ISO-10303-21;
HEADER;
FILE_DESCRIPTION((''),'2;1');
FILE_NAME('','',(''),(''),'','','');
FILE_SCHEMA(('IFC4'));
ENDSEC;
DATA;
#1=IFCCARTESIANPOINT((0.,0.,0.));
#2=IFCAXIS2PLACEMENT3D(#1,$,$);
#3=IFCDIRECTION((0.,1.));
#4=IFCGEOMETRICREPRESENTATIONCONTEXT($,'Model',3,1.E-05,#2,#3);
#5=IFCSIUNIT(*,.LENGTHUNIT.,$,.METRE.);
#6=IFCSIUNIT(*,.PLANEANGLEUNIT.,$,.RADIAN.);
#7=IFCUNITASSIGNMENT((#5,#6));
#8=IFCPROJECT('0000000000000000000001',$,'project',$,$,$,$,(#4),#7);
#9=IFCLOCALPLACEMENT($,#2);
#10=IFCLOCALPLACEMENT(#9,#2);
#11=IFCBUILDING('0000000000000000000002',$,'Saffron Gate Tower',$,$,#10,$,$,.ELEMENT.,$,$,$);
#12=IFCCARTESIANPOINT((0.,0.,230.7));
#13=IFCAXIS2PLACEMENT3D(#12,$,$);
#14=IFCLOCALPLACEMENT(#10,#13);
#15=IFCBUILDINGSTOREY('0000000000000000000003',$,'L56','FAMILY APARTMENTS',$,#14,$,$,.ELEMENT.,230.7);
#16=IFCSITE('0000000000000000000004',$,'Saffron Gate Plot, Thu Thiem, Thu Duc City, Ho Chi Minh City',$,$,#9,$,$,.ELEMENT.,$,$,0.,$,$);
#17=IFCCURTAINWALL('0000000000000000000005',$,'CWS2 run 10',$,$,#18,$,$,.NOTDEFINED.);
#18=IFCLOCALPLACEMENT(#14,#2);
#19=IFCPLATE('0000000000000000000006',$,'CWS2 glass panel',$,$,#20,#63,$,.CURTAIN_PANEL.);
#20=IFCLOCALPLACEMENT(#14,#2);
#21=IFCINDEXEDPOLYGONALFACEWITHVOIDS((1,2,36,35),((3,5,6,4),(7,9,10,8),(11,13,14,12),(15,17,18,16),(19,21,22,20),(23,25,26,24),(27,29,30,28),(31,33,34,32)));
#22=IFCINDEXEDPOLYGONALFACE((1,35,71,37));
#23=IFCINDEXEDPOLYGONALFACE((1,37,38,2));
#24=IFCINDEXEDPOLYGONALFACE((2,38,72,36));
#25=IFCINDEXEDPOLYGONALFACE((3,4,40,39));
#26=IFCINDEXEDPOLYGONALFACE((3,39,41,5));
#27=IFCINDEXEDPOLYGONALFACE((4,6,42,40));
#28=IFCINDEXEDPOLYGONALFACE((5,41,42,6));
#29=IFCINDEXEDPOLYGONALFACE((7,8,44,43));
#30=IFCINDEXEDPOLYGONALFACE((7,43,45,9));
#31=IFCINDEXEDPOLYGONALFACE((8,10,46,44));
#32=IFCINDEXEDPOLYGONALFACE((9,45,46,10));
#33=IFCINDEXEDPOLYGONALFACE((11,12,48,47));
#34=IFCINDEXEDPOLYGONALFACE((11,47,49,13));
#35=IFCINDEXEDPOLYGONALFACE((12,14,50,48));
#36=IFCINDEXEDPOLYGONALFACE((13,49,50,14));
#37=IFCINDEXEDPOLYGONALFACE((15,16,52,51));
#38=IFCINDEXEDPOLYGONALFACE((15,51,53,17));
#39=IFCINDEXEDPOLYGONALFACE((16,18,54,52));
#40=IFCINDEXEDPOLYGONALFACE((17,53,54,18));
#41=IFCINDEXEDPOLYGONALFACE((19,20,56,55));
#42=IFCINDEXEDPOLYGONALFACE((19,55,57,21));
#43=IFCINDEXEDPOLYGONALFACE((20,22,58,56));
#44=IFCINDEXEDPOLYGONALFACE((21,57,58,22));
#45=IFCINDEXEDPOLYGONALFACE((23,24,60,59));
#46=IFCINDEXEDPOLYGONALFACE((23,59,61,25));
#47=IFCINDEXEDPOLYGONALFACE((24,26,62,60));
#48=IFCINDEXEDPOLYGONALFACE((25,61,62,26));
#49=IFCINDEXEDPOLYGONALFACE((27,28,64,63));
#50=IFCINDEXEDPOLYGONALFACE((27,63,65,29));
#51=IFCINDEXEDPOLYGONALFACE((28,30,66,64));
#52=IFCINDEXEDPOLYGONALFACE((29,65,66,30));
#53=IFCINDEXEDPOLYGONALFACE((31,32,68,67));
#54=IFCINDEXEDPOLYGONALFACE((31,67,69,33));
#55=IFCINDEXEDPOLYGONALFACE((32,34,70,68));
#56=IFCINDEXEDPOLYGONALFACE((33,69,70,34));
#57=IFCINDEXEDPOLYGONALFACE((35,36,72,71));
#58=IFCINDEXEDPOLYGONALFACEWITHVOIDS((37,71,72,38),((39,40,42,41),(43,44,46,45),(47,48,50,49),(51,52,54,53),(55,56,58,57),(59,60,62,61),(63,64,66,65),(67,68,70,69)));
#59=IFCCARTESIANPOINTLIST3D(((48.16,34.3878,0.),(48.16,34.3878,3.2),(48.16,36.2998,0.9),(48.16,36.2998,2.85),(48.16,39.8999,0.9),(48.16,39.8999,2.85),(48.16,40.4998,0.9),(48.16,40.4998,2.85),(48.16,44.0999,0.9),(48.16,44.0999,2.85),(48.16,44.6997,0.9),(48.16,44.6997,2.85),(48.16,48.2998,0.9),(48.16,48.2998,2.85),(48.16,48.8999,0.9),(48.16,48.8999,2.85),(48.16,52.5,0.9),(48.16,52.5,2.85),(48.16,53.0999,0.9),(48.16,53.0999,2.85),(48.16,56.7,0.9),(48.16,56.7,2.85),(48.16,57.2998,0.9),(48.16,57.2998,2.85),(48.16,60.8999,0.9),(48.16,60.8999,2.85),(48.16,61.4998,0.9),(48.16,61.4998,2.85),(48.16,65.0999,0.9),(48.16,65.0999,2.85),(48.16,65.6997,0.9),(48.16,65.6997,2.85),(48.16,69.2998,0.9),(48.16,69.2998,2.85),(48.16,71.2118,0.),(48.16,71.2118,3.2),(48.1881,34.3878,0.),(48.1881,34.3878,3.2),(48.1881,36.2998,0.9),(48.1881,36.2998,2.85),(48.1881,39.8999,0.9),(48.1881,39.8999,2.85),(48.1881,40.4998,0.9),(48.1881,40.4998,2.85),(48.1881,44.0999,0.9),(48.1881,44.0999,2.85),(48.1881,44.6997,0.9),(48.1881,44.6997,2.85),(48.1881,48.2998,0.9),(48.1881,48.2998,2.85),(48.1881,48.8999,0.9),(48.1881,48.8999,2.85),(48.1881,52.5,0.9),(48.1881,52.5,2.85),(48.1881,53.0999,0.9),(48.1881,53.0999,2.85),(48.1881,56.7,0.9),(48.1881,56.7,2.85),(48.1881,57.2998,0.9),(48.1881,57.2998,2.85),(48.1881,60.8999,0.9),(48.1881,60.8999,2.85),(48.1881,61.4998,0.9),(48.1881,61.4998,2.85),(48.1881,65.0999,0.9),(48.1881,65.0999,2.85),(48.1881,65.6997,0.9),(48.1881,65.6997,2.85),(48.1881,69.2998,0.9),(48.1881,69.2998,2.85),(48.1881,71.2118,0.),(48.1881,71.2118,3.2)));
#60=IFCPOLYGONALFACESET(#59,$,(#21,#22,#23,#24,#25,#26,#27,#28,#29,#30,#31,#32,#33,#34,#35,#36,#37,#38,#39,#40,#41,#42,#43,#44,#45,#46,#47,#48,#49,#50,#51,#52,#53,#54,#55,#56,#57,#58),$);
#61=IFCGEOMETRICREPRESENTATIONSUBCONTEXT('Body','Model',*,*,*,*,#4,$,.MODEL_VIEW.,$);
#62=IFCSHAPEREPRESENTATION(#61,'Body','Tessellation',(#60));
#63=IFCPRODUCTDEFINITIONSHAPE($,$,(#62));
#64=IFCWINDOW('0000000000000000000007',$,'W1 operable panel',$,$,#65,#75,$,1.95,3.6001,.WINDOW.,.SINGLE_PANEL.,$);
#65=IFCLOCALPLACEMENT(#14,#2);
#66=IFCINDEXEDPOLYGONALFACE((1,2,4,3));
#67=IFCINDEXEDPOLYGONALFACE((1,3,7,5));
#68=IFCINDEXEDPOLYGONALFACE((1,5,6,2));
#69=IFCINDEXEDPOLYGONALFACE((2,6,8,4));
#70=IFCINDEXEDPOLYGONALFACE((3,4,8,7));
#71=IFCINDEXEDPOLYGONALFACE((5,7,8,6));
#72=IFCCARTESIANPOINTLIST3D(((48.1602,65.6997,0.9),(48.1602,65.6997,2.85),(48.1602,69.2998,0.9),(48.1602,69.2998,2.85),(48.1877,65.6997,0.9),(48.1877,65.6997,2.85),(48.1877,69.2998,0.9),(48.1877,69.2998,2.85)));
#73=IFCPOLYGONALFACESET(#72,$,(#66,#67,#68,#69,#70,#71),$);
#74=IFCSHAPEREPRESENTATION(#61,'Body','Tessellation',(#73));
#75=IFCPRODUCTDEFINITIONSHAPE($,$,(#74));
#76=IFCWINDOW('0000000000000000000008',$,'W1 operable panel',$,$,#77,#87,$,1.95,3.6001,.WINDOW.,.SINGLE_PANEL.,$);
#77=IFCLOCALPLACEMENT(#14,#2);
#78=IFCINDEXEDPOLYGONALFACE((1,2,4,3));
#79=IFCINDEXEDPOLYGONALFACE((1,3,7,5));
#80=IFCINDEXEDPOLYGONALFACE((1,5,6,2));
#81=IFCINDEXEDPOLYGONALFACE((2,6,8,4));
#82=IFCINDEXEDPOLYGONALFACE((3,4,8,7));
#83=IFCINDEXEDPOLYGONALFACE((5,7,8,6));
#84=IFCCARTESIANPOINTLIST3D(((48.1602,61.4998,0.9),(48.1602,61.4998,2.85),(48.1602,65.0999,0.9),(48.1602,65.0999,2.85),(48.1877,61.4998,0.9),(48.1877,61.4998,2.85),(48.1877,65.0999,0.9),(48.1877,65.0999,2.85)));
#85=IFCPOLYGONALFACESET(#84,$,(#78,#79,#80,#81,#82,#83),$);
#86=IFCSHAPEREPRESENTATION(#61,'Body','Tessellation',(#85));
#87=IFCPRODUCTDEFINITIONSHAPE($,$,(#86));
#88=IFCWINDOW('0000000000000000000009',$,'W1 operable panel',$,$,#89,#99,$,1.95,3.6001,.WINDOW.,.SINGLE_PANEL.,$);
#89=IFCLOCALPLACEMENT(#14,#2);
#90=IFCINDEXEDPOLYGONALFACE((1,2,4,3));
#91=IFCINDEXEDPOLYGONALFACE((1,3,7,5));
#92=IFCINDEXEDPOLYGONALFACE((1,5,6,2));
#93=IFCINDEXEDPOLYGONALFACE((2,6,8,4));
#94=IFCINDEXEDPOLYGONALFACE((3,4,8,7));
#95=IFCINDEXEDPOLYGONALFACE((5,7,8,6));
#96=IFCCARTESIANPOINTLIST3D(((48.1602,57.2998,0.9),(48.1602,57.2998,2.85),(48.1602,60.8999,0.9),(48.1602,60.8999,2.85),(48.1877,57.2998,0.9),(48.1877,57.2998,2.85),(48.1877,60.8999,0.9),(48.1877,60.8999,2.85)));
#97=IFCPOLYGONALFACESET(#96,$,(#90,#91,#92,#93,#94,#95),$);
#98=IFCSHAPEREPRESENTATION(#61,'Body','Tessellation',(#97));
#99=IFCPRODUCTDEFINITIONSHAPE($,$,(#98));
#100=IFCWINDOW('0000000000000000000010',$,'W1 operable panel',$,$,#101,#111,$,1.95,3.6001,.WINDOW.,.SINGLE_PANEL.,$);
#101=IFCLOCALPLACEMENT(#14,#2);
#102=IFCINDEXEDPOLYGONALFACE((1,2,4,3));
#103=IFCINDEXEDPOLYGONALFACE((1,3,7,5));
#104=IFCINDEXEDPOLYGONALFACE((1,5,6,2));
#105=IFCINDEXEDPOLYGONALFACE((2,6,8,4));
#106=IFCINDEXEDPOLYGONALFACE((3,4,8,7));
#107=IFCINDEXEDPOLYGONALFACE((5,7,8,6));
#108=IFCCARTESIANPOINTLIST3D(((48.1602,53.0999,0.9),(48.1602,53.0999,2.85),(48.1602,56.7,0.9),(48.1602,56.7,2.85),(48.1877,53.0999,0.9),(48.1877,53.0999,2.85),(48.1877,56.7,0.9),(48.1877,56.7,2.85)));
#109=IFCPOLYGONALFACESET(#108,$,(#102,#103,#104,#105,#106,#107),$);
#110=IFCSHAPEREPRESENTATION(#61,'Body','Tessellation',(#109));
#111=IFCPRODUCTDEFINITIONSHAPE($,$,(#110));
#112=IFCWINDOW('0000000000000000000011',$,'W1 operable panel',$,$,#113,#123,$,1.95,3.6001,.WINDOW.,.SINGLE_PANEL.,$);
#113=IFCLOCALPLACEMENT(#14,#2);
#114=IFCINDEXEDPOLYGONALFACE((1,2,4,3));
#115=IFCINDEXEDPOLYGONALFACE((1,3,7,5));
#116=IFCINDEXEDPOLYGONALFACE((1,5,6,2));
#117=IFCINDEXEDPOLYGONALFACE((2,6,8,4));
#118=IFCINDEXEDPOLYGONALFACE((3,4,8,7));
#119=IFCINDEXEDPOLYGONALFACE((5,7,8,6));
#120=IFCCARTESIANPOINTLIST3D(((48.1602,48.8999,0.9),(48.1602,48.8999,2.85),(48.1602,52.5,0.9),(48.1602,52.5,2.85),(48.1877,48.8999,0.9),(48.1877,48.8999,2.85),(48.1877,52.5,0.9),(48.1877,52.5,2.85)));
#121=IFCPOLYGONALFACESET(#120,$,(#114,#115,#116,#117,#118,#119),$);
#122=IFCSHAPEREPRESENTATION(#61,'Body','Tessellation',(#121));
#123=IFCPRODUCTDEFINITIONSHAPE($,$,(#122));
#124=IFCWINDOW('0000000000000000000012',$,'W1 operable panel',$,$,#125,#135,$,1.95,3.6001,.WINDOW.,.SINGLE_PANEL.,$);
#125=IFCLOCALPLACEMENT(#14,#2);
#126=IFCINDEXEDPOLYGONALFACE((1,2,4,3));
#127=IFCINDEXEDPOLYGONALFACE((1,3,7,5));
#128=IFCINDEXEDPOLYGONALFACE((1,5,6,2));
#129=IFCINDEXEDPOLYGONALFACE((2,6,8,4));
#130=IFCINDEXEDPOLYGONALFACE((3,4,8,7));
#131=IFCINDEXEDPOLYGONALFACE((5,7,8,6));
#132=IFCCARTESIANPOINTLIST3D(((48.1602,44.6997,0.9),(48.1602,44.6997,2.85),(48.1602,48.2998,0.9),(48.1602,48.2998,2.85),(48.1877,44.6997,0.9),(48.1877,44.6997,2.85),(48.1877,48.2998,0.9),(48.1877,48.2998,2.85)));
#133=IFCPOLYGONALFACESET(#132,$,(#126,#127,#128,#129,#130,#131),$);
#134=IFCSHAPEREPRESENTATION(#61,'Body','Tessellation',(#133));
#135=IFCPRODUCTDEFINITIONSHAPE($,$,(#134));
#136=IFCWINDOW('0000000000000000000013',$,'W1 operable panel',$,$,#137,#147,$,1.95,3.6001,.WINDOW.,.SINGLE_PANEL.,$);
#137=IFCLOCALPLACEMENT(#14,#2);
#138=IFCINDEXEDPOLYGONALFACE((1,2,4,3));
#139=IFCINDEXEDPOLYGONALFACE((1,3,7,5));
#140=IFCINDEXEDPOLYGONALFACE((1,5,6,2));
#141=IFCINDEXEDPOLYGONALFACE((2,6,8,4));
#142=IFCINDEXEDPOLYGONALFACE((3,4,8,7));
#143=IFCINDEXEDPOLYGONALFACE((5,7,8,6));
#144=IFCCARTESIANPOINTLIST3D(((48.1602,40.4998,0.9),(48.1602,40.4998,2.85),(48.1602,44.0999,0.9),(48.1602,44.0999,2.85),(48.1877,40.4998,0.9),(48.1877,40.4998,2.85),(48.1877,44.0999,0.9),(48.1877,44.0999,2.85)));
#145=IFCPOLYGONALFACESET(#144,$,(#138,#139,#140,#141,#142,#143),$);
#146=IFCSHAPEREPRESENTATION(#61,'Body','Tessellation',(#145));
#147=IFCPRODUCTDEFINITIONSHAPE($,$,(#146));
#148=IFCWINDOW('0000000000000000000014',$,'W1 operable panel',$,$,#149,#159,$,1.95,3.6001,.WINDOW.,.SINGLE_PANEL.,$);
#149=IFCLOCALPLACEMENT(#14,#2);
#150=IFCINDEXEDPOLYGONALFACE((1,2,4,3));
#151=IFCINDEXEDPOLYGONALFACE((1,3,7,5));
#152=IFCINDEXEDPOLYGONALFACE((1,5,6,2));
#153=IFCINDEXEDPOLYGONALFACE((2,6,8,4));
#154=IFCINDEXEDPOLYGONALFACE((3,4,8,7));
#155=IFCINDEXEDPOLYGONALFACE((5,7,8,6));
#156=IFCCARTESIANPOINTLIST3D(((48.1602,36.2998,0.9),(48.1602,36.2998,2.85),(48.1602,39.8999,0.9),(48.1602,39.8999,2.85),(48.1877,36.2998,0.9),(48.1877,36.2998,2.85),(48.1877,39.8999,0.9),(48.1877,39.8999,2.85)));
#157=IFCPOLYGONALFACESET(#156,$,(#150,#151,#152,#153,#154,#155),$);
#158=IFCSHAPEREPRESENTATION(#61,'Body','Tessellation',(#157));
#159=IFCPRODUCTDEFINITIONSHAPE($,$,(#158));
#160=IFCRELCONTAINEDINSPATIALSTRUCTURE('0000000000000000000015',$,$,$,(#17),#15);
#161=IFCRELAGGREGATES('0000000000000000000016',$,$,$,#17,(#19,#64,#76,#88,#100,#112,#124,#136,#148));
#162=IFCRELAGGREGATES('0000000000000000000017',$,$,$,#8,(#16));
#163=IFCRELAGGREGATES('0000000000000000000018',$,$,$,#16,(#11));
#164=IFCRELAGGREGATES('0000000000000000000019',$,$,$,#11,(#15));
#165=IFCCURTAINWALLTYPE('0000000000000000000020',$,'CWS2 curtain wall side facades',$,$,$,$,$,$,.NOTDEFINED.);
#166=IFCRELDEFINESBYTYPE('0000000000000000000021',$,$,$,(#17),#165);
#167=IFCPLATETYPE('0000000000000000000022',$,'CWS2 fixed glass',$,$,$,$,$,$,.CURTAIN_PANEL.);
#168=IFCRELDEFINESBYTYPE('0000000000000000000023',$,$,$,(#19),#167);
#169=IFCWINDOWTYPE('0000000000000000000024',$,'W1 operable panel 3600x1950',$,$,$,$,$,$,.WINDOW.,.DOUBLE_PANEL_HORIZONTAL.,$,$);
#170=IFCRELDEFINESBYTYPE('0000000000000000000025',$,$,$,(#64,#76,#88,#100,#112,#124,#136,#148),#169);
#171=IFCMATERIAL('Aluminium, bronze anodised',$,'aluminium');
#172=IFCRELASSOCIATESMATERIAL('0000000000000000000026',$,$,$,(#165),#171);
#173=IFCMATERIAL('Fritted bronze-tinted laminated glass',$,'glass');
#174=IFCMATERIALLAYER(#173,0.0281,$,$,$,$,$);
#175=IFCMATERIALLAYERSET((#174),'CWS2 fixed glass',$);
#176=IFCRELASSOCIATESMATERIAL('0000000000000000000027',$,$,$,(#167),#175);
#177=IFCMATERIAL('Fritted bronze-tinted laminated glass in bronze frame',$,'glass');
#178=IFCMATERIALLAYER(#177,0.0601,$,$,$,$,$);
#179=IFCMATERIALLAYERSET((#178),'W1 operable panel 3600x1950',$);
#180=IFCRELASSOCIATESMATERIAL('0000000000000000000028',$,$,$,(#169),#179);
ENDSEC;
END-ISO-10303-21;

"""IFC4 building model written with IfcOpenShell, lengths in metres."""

from ifc_helpers import new_model, si_unit, direction, frame, frame_2d, origin, place, context, subcontext, project, spatial, rectangle, extrude, material, layer, layer_set, type_object, element, fill, aggregate, save


model = new_model("IFC4")

# Units and contexts
model_context = context("Model", 3, precision=1e-05, world=origin(), true_north=direction((0.0, 1.0)))
body_context = subcontext(model_context, "Body", "Model", "MODEL_VIEW")
ifc_project = project(units=[si_unit("LENGTHUNIT", "METRE"), si_unit("PLANEANGLEUNIT", "RADIAN")], contexts=[model_context])

# Site, building, storey
site_placement = place(None, origin())
site = spatial("IfcSite", under=ifc_project, at=site_placement, Name="Saffron Gate Plot, Thu Thiem, Thu Duc City, Ho Chi Minh City", CompositionType="ELEMENT", RefElevation=0.0)
building_placement = place(site_placement, origin())
building = spatial("IfcBuilding", under=site, at=building_placement, Name="Saffron Gate Tower", CompositionType="ELEMENT")
storey_placement = place(building_placement, frame((0.0, 0.0, 230.7)))
storey = spatial("IfcBuildingStorey", under=building, at=storey_placement, Name="L56", Description="FAMILY APARTMENTS", CompositionType="ELEMENT", Elevation=230.7)

# Curtain wall
ifc_material_1 = material(Name="Aluminium, bronze anodised", Category="aluminium")
curtain_wall_type_1 = type_object("IfcCurtainWallType", Name="CWS2 curtain wall side facades", PredefinedType="NOTDEFINED", material=ifc_material_1)
curtain_wall_1_placement = place(storey_placement, origin())
curtain_wall_1 = element("IfcCurtainWall", 1, at=curtain_wall_1_placement, inside=storey, type_object=curtain_wall_type_1, Name="CWS2 run 10", PredefinedType="NOTDEFINED")

# Plate, openings, windows
ifc_material_2 = material(Name="Fritted bronze-tinted laminated glass", Category="glass")
ifc_layer_1 = layer(ifc_material_2, 0.0281)
ifc_layer_set_1 = layer_set([ifc_layer_1], Name="CWS2 fixed glass")
plate_type_1 = type_object("IfcPlateType", Name="CWS2 fixed glass", PredefinedType="CURTAIN_PANEL", material=ifc_layer_set_1)
plate_1_placement = place(storey_placement, frame((48.1741, 71.2119, 0.0), z_axis=(0.0, 0.0, 1.0), x_axis=(0.0, -1.0, 0.0)))
plate_1 = element("IfcPlate", 2, at=plate_1_placement, type_object=plate_type_1, Name="CWS2 glass panel", PredefinedType="CURTAIN_PANEL", context=body_context, shape_type="SweptSolid", body=[
    extrude(rectangle(XDim=36.824, YDim=0.0281, at=frame_2d((18.4121, 0.0))), origin(), (0.0, 0.0, 1.0), 3.2),
])
opening_1_placement = place(plate_1_placement, frame((1.9121, 0.0, 0.8999)))
opening_1 = element("IfcOpeningElement", 3, at=opening_1_placement, cuts=plate_1, PredefinedType="OPENING", context=body_context, shape_type="SweptSolid", body=[
    extrude(rectangle(XDim=3.6001, YDim=1.95, at=frame_2d((1.8, 0.9751))), frame((0.0, 0.0239, 0.0), z_axis=(0.0, -1.0, 0.0), x_axis=(1.0, 0.0, 0.0)), (0.0, 0.0, 1.0), 0.0481),
])
opening_2_placement = place(plate_1_placement, frame((6.1121, 0.0, 0.8999)))
opening_2 = element("IfcOpeningElement", 4, at=opening_2_placement, cuts=plate_1, PredefinedType="OPENING", context=body_context, shape_type="SweptSolid", body=[
    extrude(rectangle(XDim=3.6001, YDim=1.95, at=frame_2d((1.8, 0.9751))), frame((0.0, 0.0239, 0.0), z_axis=(0.0, -1.0, 0.0), x_axis=(1.0, 0.0, 0.0)), (0.0, 0.0, 1.0), 0.0481),
])
opening_3_placement = place(plate_1_placement, frame((10.312, 0.0, 0.8999)))
opening_3 = element("IfcOpeningElement", 5, at=opening_3_placement, cuts=plate_1, PredefinedType="OPENING", context=body_context, shape_type="SweptSolid", body=[
    extrude(rectangle(XDim=3.6001, YDim=1.95, at=frame_2d((1.8, 0.9751))), frame((0.0, 0.0239, 0.0), z_axis=(0.0, -1.0, 0.0), x_axis=(1.0, 0.0, 0.0)), (0.0, 0.0, 1.0), 0.0481),
])
opening_4_placement = place(plate_1_placement, frame((14.512, 0.0, 0.8999)))
opening_4 = element("IfcOpeningElement", 6, at=opening_4_placement, cuts=plate_1, PredefinedType="OPENING", context=body_context, shape_type="SweptSolid", body=[
    extrude(rectangle(XDim=3.6001, YDim=1.95, at=frame_2d((1.8, 0.9751))), frame((0.0, 0.0239, 0.0), z_axis=(0.0, -1.0, 0.0), x_axis=(1.0, 0.0, 0.0)), (0.0, 0.0, 1.0), 0.0481),
])
opening_5_placement = place(plate_1_placement, frame((18.7119, 0.0, 0.8999)))
opening_5 = element("IfcOpeningElement", 7, at=opening_5_placement, cuts=plate_1, PredefinedType="OPENING", context=body_context, shape_type="SweptSolid", body=[
    extrude(rectangle(XDim=3.6001, YDim=1.95, at=frame_2d((1.8, 0.9751))), frame((0.0, 0.0239, 0.0), z_axis=(0.0, -1.0, 0.0), x_axis=(1.0, 0.0, 0.0)), (0.0, 0.0, 1.0), 0.0481),
])
opening_6_placement = place(plate_1_placement, frame((22.9121, 0.0, 0.8999)))
opening_6 = element("IfcOpeningElement", 8, at=opening_6_placement, cuts=plate_1, PredefinedType="OPENING", context=body_context, shape_type="SweptSolid", body=[
    extrude(rectangle(XDim=3.6001, YDim=1.95, at=frame_2d((1.8, 0.9751))), frame((0.0, 0.0239, 0.0), z_axis=(0.0, -1.0, 0.0), x_axis=(1.0, 0.0, 0.0)), (0.0, 0.0, 1.0), 0.0481),
])
opening_7_placement = place(plate_1_placement, frame((27.1121, 0.0, 0.8999)))
opening_7 = element("IfcOpeningElement", 9, at=opening_7_placement, cuts=plate_1, PredefinedType="OPENING", context=body_context, shape_type="SweptSolid", body=[
    extrude(rectangle(XDim=3.6001, YDim=1.95, at=frame_2d((1.8, 0.9751))), frame((0.0, 0.0239, 0.0), z_axis=(0.0, -1.0, 0.0), x_axis=(1.0, 0.0, 0.0)), (0.0, 0.0, 1.0), 0.0481),
])
opening_8_placement = place(plate_1_placement, frame((31.312, 0.0, 0.8999)))
opening_8 = element("IfcOpeningElement", 10, at=opening_8_placement, cuts=plate_1, PredefinedType="OPENING", context=body_context, shape_type="SweptSolid", body=[
    extrude(rectangle(XDim=3.6001, YDim=1.95, at=frame_2d((1.8, 0.9751))), frame((0.0, 0.0239, 0.0), z_axis=(0.0, -1.0, 0.0), x_axis=(1.0, 0.0, 0.0)), (0.0, 0.0, 1.0), 0.0481),
])
ifc_material_3 = material(Name="Fritted bronze-tinted laminated glass in bronze frame", Category="glass")
ifc_layer_2 = layer(ifc_material_3, 0.0601)
ifc_layer_set_2 = layer_set([ifc_layer_2], Name="W1 operable panel 3600x1950")
window_type = type_object("IfcWindowType", Name="W1 operable panel 3600x1950", PartitioningType="DOUBLE_PANEL_HORIZONTAL", PredefinedType="WINDOW", material=ifc_layer_set_2)
window_1_placement = place(opening_1_placement, origin())
window_1 = element("IfcWindow", 11, at=window_1_placement, type_object=window_type, Name="W1 operable panel", OverallHeight=1.95, OverallWidth=3.6001, PartitioningType="SINGLE_PANEL", PredefinedType="WINDOW", context=body_context, shape_type="SweptSolid", body=[
    extrude(rectangle(XDim=3.6001, YDim=1.95, at=frame_2d((1.8, 0.9751))), frame((0.0, 0.0137, 0.0), z_axis=(0.0, -1.0, 0.0), x_axis=(1.0, 0.0, 0.0)), (0.0, 0.0, 1.0), 0.0276),
])
fill(opening_1, window_1)
window_2_placement = place(opening_2_placement, origin())
window_2 = element("IfcWindow", 12, at=window_2_placement, type_object=window_type, Name="W1 operable panel", OverallHeight=1.95, OverallWidth=3.6001, PartitioningType="SINGLE_PANEL", PredefinedType="WINDOW", context=body_context, shape_type="SweptSolid", body=[
    extrude(rectangle(XDim=3.6001, YDim=1.95, at=frame_2d((1.8, 0.9751))), frame((0.0, 0.0137, 0.0), z_axis=(0.0, -1.0, 0.0), x_axis=(1.0, 0.0, 0.0)), (0.0, 0.0, 1.0), 0.0276),
])
fill(opening_2, window_2)
window_3_placement = place(opening_3_placement, origin())
window_3 = element("IfcWindow", 13, at=window_3_placement, type_object=window_type, Name="W1 operable panel", OverallHeight=1.95, OverallWidth=3.6001, PartitioningType="SINGLE_PANEL", PredefinedType="WINDOW", context=body_context, shape_type="SweptSolid", body=[
    extrude(rectangle(XDim=3.6001, YDim=1.95, at=frame_2d((1.8, 0.9751))), frame((0.0, 0.0137, 0.0), z_axis=(0.0, -1.0, 0.0), x_axis=(1.0, 0.0, 0.0)), (0.0, 0.0, 1.0), 0.0276),
])
fill(opening_3, window_3)
window_4_placement = place(opening_4_placement, origin())
window_4 = element("IfcWindow", 14, at=window_4_placement, type_object=window_type, Name="W1 operable panel", OverallHeight=1.95, OverallWidth=3.6001, PartitioningType="SINGLE_PANEL", PredefinedType="WINDOW", context=body_context, shape_type="SweptSolid", body=[
    extrude(rectangle(XDim=3.6001, YDim=1.95, at=frame_2d((1.8, 0.9751))), frame((0.0, 0.0137, 0.0), z_axis=(0.0, -1.0, 0.0), x_axis=(1.0, 0.0, 0.0)), (0.0, 0.0, 1.0), 0.0276),
])
fill(opening_4, window_4)
window_5_placement = place(opening_5_placement, origin())
window_5 = element("IfcWindow", 15, at=window_5_placement, type_object=window_type, Name="W1 operable panel", OverallHeight=1.95, OverallWidth=3.6001, PartitioningType="SINGLE_PANEL", PredefinedType="WINDOW", context=body_context, shape_type="SweptSolid", body=[
    extrude(rectangle(XDim=3.6001, YDim=1.95, at=frame_2d((1.8, 0.9751))), frame((0.0, 0.0137, 0.0), z_axis=(0.0, -1.0, 0.0), x_axis=(1.0, 0.0, 0.0)), (0.0, 0.0, 1.0), 0.0276),
])
fill(opening_5, window_5)
window_6_placement = place(opening_6_placement, origin())
window_6 = element("IfcWindow", 16, at=window_6_placement, type_object=window_type, Name="W1 operable panel", OverallHeight=1.95, OverallWidth=3.6001, PartitioningType="SINGLE_PANEL", PredefinedType="WINDOW", context=body_context, shape_type="SweptSolid", body=[
    extrude(rectangle(XDim=3.6001, YDim=1.95, at=frame_2d((1.8, 0.9751))), frame((0.0, 0.0137, 0.0), z_axis=(0.0, -1.0, 0.0), x_axis=(1.0, 0.0, 0.0)), (0.0, 0.0, 1.0), 0.0276),
])
fill(opening_6, window_6)
window_7_placement = place(opening_7_placement, origin())
window_7 = element("IfcWindow", 17, at=window_7_placement, type_object=window_type, Name="W1 operable panel", OverallHeight=1.95, OverallWidth=3.6001, PartitioningType="SINGLE_PANEL", PredefinedType="WINDOW", context=body_context, shape_type="SweptSolid", body=[
    extrude(rectangle(XDim=3.6001, YDim=1.95, at=frame_2d((1.8, 0.9751))), frame((0.0, 0.0137, 0.0), z_axis=(0.0, -1.0, 0.0), x_axis=(1.0, 0.0, 0.0)), (0.0, 0.0, 1.0), 0.0276),
])
fill(opening_7, window_7)
window_8_placement = place(opening_8_placement, origin())
window_8 = element("IfcWindow", 18, at=window_8_placement, type_object=window_type, Name="W1 operable panel", OverallHeight=1.95, OverallWidth=3.6001, PartitioningType="SINGLE_PANEL", PredefinedType="WINDOW", context=body_context, shape_type="SweptSolid", body=[
    extrude(rectangle(XDim=3.6001, YDim=1.95, at=frame_2d((1.8, 0.9751))), frame((0.0, 0.0137, 0.0), z_axis=(0.0, -1.0, 0.0), x_axis=(1.0, 0.0, 0.0)), (0.0, 0.0, 1.0), 0.0276),
])
fill(opening_8, window_8)
aggregate(curtain_wall_1, [plate_1, window_1, window_2, window_3, window_4, window_5, window_6, window_7, window_8])

save(model, "model.ifc")
